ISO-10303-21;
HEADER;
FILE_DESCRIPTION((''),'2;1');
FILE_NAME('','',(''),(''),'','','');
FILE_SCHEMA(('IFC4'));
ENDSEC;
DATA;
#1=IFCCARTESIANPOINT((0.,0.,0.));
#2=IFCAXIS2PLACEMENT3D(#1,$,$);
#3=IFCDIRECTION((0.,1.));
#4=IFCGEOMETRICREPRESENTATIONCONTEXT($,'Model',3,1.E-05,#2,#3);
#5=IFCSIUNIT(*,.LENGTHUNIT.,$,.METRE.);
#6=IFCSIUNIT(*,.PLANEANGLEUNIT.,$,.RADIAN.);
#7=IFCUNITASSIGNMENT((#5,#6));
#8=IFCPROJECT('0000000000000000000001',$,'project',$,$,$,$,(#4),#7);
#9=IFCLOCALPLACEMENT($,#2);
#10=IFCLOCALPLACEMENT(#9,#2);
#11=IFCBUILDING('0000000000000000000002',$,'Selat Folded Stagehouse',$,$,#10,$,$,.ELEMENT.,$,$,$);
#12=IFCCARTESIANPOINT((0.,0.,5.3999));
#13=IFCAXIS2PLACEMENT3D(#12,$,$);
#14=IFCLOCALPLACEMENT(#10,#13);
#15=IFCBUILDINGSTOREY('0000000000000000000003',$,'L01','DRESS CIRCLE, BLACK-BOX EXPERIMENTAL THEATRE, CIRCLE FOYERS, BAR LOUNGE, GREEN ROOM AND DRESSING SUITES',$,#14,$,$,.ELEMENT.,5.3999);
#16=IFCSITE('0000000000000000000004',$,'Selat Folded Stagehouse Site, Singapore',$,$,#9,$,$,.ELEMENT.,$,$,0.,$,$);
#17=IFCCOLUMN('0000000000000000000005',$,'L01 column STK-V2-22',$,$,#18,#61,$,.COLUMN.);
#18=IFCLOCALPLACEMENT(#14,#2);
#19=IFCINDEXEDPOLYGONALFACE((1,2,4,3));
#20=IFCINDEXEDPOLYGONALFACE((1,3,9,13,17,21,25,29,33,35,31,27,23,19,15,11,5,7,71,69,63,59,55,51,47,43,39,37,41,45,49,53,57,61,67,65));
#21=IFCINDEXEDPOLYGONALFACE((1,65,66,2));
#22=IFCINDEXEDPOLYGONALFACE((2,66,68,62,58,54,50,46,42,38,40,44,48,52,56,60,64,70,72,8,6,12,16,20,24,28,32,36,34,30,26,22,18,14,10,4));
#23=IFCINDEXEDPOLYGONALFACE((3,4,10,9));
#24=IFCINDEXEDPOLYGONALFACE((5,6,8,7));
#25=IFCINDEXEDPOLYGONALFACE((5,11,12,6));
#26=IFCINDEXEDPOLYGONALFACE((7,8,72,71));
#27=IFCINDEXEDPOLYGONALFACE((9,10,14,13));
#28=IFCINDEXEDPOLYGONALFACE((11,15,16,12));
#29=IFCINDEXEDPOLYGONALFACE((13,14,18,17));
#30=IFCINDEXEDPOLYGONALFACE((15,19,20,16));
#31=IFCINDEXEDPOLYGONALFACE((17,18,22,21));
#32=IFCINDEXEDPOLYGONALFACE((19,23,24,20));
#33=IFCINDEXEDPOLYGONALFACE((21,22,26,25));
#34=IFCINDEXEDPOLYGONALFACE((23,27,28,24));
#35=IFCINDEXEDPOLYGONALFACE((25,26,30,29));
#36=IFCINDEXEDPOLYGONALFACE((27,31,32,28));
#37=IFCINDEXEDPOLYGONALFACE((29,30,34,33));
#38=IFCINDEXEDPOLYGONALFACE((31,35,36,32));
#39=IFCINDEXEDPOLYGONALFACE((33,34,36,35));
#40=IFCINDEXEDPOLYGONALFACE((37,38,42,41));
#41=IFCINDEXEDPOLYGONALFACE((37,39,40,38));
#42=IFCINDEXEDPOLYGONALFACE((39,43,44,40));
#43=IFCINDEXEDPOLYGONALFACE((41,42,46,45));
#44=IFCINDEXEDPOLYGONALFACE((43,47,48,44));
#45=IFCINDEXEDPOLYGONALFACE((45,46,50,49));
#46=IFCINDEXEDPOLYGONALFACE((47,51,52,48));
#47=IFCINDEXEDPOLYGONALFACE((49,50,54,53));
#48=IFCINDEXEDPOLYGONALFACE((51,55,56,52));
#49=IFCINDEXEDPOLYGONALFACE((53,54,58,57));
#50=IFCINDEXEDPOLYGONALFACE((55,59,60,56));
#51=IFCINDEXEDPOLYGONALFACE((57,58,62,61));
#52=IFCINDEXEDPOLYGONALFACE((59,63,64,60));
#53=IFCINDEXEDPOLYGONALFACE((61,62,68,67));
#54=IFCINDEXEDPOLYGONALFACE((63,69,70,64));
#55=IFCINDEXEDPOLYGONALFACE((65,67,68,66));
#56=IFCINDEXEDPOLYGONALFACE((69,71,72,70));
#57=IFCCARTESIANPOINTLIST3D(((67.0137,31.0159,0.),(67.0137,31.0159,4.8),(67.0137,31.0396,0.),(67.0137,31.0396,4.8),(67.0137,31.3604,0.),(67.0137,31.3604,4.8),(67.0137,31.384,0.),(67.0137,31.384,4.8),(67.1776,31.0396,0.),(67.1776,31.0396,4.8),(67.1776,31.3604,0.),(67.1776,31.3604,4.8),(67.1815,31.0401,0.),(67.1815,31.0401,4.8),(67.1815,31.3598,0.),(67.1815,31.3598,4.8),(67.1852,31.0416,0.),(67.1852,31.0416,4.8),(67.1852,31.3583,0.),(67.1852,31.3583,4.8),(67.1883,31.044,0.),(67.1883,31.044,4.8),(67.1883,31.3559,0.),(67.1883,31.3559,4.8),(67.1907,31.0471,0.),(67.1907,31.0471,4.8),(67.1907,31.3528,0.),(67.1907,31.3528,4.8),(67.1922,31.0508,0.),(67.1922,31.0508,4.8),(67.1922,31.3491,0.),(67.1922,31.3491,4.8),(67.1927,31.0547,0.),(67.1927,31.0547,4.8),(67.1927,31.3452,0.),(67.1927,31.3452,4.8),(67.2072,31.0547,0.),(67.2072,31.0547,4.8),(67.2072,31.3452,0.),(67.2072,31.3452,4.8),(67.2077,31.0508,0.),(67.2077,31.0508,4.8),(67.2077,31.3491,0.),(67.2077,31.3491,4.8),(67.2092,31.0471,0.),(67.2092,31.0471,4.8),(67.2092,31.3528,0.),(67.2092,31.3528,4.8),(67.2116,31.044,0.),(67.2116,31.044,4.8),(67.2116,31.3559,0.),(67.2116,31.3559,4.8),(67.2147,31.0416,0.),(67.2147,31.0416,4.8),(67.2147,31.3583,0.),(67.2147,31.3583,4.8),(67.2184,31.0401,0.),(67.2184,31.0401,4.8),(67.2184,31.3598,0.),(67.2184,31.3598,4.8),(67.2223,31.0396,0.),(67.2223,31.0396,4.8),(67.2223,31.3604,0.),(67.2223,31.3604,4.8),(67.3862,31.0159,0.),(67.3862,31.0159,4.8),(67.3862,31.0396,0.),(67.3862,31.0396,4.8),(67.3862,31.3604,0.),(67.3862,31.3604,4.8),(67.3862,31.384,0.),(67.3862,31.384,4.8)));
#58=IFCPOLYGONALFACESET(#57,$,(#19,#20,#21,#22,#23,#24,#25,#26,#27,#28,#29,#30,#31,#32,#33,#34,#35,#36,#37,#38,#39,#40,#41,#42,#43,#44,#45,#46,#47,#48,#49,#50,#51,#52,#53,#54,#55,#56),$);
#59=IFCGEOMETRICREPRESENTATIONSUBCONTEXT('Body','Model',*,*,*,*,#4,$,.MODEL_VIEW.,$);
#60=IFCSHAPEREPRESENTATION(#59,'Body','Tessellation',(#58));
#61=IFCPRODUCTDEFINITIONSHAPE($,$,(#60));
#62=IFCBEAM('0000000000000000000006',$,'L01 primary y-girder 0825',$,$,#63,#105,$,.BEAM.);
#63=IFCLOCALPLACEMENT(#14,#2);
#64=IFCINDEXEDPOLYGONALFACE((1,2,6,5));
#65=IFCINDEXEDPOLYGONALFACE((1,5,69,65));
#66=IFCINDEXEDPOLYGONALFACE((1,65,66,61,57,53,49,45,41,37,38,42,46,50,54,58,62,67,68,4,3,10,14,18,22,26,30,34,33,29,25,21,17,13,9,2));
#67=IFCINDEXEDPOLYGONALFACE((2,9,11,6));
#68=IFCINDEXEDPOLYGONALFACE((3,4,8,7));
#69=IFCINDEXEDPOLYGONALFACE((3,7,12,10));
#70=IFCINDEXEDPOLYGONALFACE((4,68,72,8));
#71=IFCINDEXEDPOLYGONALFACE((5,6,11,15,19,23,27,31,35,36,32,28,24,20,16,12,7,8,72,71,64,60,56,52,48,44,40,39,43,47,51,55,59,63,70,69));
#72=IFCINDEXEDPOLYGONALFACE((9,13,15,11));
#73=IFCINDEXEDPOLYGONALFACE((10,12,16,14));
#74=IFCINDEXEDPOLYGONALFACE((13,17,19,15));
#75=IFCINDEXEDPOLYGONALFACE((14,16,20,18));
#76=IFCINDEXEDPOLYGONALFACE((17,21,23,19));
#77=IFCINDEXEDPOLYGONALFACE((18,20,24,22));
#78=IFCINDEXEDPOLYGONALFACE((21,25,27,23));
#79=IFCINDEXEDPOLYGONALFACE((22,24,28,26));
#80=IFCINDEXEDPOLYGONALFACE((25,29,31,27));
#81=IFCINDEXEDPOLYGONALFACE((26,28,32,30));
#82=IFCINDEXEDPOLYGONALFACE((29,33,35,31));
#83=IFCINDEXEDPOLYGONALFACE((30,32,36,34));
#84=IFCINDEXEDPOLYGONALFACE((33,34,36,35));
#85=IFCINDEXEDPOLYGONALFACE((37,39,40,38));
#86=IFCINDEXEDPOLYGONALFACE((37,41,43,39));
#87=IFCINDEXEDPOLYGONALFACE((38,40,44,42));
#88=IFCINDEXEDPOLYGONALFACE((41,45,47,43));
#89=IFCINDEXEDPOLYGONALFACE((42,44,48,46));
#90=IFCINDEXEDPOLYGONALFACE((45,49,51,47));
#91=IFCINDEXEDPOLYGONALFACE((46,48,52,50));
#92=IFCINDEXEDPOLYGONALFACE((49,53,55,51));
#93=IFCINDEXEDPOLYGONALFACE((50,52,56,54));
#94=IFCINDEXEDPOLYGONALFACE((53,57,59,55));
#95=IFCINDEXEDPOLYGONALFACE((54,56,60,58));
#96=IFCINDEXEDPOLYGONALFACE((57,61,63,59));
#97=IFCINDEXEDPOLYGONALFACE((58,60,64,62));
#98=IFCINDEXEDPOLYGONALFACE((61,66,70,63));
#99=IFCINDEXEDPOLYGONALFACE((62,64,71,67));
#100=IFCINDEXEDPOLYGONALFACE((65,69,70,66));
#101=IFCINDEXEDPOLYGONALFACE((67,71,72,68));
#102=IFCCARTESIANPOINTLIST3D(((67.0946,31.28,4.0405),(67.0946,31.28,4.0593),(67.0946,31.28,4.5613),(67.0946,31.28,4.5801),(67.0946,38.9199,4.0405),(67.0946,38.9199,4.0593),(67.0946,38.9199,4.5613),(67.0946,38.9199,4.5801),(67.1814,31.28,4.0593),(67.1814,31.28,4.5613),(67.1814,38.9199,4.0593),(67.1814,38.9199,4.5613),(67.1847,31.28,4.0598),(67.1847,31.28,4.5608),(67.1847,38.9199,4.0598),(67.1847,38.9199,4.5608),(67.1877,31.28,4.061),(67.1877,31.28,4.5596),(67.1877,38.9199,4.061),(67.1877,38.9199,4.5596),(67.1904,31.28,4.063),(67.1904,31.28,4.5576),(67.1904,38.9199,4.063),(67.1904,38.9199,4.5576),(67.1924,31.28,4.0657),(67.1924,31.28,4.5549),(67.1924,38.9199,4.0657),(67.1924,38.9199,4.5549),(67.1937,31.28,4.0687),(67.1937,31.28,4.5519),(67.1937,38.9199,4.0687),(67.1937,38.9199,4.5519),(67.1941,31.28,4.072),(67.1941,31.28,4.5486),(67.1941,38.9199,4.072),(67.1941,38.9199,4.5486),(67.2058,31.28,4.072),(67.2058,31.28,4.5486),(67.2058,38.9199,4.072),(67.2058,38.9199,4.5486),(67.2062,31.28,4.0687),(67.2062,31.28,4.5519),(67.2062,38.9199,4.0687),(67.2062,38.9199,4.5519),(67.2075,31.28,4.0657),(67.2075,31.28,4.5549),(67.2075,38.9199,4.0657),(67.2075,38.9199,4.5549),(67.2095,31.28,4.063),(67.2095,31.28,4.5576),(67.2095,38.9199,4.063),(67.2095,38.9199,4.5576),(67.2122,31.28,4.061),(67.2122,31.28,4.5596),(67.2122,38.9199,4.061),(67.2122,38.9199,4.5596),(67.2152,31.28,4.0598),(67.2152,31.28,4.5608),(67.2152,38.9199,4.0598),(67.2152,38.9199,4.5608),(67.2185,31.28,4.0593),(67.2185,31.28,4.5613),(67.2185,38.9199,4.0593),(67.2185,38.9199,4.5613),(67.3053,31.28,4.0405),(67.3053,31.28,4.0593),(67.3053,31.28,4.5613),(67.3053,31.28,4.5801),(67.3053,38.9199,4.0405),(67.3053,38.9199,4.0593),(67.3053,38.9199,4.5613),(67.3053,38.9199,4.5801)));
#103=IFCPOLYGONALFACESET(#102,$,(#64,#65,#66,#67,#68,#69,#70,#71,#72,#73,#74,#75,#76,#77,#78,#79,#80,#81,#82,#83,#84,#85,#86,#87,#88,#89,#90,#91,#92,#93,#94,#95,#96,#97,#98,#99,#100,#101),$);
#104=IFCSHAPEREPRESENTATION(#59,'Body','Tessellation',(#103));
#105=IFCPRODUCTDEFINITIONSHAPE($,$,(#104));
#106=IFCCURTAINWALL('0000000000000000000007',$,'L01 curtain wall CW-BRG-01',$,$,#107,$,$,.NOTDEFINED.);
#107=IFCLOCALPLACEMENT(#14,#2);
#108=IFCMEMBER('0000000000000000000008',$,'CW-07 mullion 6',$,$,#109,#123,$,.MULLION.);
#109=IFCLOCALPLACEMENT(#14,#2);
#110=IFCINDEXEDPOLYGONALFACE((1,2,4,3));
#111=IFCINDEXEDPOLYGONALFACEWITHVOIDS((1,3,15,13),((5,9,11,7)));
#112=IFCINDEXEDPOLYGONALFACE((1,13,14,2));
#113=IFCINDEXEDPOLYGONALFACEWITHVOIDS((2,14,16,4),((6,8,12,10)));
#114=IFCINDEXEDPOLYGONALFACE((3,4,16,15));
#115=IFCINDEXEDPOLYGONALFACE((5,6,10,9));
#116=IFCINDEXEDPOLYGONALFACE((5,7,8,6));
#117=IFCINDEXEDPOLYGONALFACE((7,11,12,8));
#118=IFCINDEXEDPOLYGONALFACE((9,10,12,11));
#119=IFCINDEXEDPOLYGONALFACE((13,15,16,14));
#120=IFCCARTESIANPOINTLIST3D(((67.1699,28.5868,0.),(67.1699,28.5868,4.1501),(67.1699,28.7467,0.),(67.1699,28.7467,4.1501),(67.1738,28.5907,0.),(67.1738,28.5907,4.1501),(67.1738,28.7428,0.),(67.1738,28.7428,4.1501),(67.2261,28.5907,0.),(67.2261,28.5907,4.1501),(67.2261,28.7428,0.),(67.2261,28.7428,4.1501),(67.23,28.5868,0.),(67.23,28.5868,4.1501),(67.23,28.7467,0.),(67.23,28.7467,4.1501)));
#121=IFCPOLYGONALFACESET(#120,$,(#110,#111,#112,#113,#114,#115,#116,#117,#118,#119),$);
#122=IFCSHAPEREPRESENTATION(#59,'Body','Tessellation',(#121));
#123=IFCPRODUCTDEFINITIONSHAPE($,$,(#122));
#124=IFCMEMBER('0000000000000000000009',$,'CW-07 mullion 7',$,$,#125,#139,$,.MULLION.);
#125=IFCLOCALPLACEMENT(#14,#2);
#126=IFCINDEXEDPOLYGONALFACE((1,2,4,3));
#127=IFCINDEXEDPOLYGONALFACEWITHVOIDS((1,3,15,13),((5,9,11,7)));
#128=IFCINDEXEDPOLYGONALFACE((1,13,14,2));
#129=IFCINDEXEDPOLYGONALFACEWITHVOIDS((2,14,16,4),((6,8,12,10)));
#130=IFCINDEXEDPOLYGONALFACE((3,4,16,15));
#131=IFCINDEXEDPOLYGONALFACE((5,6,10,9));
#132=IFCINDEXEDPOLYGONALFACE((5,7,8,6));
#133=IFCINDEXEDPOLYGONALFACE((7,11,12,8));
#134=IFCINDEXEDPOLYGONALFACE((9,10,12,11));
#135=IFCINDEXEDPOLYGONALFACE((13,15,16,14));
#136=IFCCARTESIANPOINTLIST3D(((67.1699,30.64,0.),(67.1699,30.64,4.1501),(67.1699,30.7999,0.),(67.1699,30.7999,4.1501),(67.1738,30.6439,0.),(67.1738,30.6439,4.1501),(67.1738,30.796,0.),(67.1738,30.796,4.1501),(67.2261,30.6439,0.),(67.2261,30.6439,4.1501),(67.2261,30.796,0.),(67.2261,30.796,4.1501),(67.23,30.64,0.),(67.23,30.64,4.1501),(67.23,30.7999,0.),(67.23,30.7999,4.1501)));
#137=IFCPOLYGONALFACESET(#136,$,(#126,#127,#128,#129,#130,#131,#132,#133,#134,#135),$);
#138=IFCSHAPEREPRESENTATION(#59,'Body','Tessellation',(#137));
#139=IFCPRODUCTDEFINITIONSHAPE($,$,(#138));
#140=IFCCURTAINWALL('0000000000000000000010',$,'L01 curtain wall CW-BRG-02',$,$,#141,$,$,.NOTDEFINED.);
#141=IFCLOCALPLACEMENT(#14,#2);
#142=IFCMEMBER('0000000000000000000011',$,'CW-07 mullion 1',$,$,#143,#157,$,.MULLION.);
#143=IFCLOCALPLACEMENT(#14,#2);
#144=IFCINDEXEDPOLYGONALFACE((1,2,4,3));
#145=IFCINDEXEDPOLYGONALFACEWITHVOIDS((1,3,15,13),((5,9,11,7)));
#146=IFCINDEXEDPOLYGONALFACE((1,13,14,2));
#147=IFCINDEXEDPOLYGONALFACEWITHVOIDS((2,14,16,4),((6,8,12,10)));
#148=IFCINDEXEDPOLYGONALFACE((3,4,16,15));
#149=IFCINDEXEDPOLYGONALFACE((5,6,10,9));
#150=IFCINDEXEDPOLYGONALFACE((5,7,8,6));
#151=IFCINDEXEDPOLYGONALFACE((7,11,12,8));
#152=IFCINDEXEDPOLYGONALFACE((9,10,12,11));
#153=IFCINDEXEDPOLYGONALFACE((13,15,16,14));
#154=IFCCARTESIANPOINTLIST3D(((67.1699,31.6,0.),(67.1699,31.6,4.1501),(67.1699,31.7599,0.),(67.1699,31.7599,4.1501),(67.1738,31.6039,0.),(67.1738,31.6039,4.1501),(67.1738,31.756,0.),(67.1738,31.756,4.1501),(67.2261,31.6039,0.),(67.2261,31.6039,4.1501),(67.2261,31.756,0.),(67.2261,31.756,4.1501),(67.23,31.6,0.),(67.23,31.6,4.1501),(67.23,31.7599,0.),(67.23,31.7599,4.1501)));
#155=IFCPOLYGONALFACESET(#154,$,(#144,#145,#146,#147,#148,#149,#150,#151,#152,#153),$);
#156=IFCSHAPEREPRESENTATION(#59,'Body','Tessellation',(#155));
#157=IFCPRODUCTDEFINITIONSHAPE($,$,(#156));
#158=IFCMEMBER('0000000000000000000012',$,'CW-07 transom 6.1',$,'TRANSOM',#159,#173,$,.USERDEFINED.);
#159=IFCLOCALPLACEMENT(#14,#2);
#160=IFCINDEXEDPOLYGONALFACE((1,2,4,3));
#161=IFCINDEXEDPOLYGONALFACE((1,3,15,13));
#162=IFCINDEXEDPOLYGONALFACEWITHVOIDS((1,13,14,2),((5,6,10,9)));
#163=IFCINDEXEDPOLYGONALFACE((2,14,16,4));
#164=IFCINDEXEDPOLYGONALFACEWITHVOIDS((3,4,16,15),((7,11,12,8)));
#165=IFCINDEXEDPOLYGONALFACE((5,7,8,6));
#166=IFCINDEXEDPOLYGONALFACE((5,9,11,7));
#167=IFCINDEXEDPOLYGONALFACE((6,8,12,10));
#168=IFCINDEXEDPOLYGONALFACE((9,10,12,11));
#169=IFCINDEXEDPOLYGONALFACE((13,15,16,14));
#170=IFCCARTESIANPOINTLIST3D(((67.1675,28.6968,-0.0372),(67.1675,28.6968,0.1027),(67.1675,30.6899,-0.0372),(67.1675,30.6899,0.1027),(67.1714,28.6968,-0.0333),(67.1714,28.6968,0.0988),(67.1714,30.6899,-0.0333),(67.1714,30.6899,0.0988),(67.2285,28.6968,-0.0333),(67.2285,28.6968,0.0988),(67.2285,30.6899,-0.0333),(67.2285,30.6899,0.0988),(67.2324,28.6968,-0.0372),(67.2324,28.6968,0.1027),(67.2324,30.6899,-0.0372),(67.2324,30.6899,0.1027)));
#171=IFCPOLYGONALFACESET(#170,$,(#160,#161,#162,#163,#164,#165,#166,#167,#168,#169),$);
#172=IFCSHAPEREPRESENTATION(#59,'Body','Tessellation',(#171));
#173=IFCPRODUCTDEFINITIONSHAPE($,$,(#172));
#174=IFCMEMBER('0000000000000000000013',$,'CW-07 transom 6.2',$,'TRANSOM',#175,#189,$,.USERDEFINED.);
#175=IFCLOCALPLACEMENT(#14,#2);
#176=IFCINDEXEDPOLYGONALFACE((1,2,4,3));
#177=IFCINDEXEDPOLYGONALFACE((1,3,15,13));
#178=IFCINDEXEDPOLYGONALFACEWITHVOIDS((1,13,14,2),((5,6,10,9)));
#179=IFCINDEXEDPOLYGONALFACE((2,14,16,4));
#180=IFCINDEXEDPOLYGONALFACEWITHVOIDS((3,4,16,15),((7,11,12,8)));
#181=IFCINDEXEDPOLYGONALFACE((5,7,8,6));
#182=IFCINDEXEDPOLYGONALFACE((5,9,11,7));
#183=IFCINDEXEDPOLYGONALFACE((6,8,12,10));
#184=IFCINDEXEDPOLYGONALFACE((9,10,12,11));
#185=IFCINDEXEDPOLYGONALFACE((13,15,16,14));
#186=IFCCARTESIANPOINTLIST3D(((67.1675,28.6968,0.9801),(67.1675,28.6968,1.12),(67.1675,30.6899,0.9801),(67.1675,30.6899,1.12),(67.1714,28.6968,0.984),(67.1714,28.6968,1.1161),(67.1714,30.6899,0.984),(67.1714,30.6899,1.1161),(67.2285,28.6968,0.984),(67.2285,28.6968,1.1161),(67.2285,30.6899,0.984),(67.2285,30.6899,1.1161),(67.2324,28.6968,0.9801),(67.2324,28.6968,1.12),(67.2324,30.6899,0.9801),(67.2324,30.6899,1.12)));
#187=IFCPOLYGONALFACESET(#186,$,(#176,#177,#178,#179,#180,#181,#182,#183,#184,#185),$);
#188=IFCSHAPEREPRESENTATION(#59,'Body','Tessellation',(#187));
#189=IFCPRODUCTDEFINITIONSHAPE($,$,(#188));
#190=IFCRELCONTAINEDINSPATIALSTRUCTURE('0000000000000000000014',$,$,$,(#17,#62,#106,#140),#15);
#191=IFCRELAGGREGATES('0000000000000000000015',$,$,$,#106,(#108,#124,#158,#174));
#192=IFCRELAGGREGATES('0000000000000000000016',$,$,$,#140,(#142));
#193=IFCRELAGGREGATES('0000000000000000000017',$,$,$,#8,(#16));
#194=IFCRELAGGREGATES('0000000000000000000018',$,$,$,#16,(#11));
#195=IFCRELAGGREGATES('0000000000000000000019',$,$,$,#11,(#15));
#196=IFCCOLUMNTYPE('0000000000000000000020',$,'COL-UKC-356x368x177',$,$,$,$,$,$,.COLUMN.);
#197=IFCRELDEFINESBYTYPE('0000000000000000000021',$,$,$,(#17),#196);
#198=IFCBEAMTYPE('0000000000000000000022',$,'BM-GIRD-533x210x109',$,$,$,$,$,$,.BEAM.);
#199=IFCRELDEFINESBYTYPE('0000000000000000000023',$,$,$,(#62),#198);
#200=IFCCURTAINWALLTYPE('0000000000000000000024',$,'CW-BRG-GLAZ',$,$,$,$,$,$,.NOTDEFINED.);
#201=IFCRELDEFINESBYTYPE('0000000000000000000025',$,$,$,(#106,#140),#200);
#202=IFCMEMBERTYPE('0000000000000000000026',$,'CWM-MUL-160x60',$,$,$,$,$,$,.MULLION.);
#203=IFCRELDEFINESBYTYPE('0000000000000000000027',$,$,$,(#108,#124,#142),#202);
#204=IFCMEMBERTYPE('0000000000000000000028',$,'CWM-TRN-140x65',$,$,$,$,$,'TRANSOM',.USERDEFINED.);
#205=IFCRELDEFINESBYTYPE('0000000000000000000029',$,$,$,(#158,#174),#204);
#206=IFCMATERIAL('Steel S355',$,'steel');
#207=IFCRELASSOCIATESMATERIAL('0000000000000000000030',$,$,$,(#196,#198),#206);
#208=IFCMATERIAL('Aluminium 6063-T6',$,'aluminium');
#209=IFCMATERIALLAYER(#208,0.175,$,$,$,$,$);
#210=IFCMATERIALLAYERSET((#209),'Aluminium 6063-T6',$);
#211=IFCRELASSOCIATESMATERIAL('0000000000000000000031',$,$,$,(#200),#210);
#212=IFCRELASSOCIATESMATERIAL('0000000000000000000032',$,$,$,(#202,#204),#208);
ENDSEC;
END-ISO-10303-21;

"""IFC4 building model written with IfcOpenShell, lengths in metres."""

from ifc_helpers import new_model, si_unit, direction, frame, origin, origin_2d, place, context, subcontext, project, spatial, hollow_rectangle, i_section, extrude, material, layer, layer_set, material_profile, profile_set, type_object, element, aggregate, save


model = new_model("IFC4")

# Units and contexts
model_context = context("Model", 3, precision=1e-05, world=origin(), true_north=direction((0.0, 1.0)))
body_context = subcontext(model_context, "Body", "Model", "MODEL_VIEW")
ifc_project = project(units=[si_unit("LENGTHUNIT", "METRE"), si_unit("PLANEANGLEUNIT", "RADIAN")], contexts=[model_context])

# Site, building, storey
site_placement = place(None, origin())
site = spatial("IfcSite", under=ifc_project, at=site_placement, Name="Selat Folded Stagehouse Site, Singapore", CompositionType="ELEMENT", RefElevation=0.0)
building_placement = place(site_placement, origin())
building = spatial("IfcBuilding", under=site, at=building_placement, Name="Selat Folded Stagehouse", CompositionType="ELEMENT")
storey_placement = place(building_placement, frame((0.0, 0.0, 5.3999)))
storey = spatial("IfcBuildingStorey", under=building, at=storey_placement, Name="L01", Description="DRESS CIRCLE, BLACK-BOX EXPERIMENTAL THEATRE, CIRCLE FOYERS, BAR LOUNGE, GREEN ROOM AND DRESSING SUITES", CompositionType="ELEMENT", Elevation=5.3999)

# Column
ifc_material_1 = material(Name="Steel S355", Category="steel")
ifc_material_profile_1 = material_profile(ifc_material_1, i_section(OverallWidth=0.3726, OverallDepth=0.3682, WebThickness=0.0144, FlangeThickness=0.0237, FilletRadius=0.0151, at=origin_2d()), Name="UKC 356x368x177")
ifc_profile_set_1 = profile_set([ifc_material_profile_1], Name="Steel S355")
column_type = type_object("IfcColumnType", Name="COL-UKC-356x368x177", PredefinedType="COLUMN", material=ifc_profile_set_1)
column_placement = place(storey_placement, frame((67.2, 31.2, 0.0), z_axis=(0.0, 0.0, 1.0), x_axis=(1.0, 0.0, 0.0)))
element("IfcColumn", 1, at=column_placement, inside=storey, type_object=column_type, Name="L01 column STK-V2-22", PredefinedType="COLUMN", context=body_context, shape_type="SweptSolid", body=[
    extrude(i_section(OverallWidth=0.3726, OverallDepth=0.3682, WebThickness=0.0144, FlangeThickness=0.0237, FilletRadius=0.0151, at=origin_2d()), origin(), (0.0, 0.0, 1.0), 4.8),
])

# Beam
ifc_material_profile_2 = material_profile(ifc_material_1, i_section(OverallWidth=0.2107, OverallDepth=0.5396, WebThickness=0.0117, FlangeThickness=0.0188, FilletRadius=0.0127, at=origin_2d()), Name="UKB 533x210x109")
ifc_profile_set_2 = profile_set([ifc_material_profile_2], Name="Steel S355")
beam_type = type_object("IfcBeamType", Name="BM-GIRD-533x210x109", PredefinedType="BEAM", material=ifc_profile_set_2)
beam_placement = place(storey_placement, frame((67.2, 31.28, 4.3103), z_axis=(0.0, 1.0, 0.0), x_axis=(-1.0, 0.0, 0.0)))
element("IfcBeam", 2, at=beam_placement, inside=storey, type_object=beam_type, Name="L01 primary y-girder 0825", PredefinedType="BEAM", context=body_context, shape_type="SweptSolid", body=[
    extrude(i_section(OverallWidth=0.2107, OverallDepth=0.5396, WebThickness=0.0117, FlangeThickness=0.0188, FilletRadius=0.0127, at=origin_2d()), origin(), (0.0, 0.0, 1.0), 7.6399),
])

# Curtain wall, members
ifc_material_2 = material(Name="Aluminium 6063-T6", Category="aluminium")
ifc_layer_1 = layer(ifc_material_2, 0.175)
ifc_layer_set_1 = layer_set([ifc_layer_1], Name="Aluminium 6063-T6")
curtain_wall_type = type_object("IfcCurtainWallType", Name="CW-BRG-GLAZ", PredefinedType="NOTDEFINED", material=ifc_layer_set_1)
curtain_wall_1_placement = place(storey_placement, origin())
curtain_wall_1 = element("IfcCurtainWall", 3, at=curtain_wall_1_placement, inside=storey, type_object=curtain_wall_type, Name="L01 curtain wall CW-BRG-01", PredefinedType="NOTDEFINED")
ifc_material_profile_3 = material_profile(ifc_material_2, hollow_rectangle(XDim=0.0601, YDim=0.1599, WallThickness=0.0039, at=origin_2d()), Name="ALU 160x60x4.0")
ifc_profile_set_3 = profile_set([ifc_material_profile_3], Name="Aluminium 6063-T6")
member_type_1 = type_object("IfcMemberType", Name="CWM-MUL-160x60", PredefinedType="MULLION", material=ifc_profile_set_3)
member_1_placement = place(storey_placement, frame((67.2, 28.6667, 0.0), z_axis=(0.0, 0.0, 1.0), x_axis=(-1.0, 0.0, 0.0)))
member_1 = element("IfcMember", 4, at=member_1_placement, type_object=member_type_1, Name="CW-07 mullion 6", PredefinedType="MULLION", context=body_context, shape_type="SweptSolid", body=[
    extrude(hollow_rectangle(XDim=0.0601, YDim=0.1599, WallThickness=0.0039, at=origin_2d()), origin(), (0.0, 0.0, 1.0), 4.1501),
])
member_2_placement = place(storey_placement, frame((67.2, 30.72, 0.0), z_axis=(0.0, 0.0, 1.0), x_axis=(-1.0, 0.0, 0.0)))
member_2 = element("IfcMember", 5, at=member_2_placement, type_object=member_type_1, Name="CW-07 mullion 7", PredefinedType="MULLION", context=body_context, shape_type="SweptSolid", body=[
    extrude(hollow_rectangle(XDim=0.0601, YDim=0.1599, WallThickness=0.0039, at=origin_2d()), origin(), (0.0, 0.0, 1.0), 4.1501),
])

# Curtain wall, member
curtain_wall_2_placement = place(storey_placement, origin())
curtain_wall_2 = element("IfcCurtainWall", 6, at=curtain_wall_2_placement, inside=storey, type_object=curtain_wall_type, Name="L01 curtain wall CW-BRG-02", PredefinedType="NOTDEFINED")
member_3_placement = place(storey_placement, frame((67.2, 31.6799, 0.0), z_axis=(0.0, 0.0, 1.0), x_axis=(-1.0, 0.0, 0.0)))
member_3 = element("IfcMember", 7, at=member_3_placement, type_object=member_type_1, Name="CW-07 mullion 1", PredefinedType="MULLION", context=body_context, shape_type="SweptSolid", body=[
    extrude(hollow_rectangle(XDim=0.0601, YDim=0.1599, WallThickness=0.0039, at=origin_2d()), origin(), (0.0, 0.0, 1.0), 4.1501),
])

# Members
ifc_material_profile_4 = material_profile(ifc_material_2, hollow_rectangle(XDim=0.0649, YDim=0.1399, WallThickness=0.0039, at=origin_2d()), Name="ALU 140x65x4.0")
ifc_profile_set_4 = profile_set([ifc_material_profile_4], Name="Aluminium 6063-T6")
member_type_2 = type_object("IfcMemberType", Name="CWM-TRN-140x65", ElementType="TRANSOM", PredefinedType="USERDEFINED", material=ifc_profile_set_4)
member_4_placement = place(storey_placement, frame((67.2, 28.6968, 0.0327), z_axis=(0.0, 1.0, 0.0), x_axis=(-1.0, 0.0, 0.0)))
member_4 = element("IfcMember", 8, at=member_4_placement, type_object=member_type_2, Name="CW-07 transom 6.1", ObjectType="TRANSOM", PredefinedType="USERDEFINED", context=body_context, shape_type="SweptSolid", body=[
    extrude(hollow_rectangle(XDim=0.0649, YDim=0.1399, WallThickness=0.0039, at=origin_2d()), origin(), (0.0, 0.0, 1.0), 1.9932),
])
member_5_placement = place(storey_placement, frame((67.2, 28.6968, 1.05), z_axis=(0.0, 1.0, 0.0), x_axis=(-1.0, 0.0, 0.0)))
member_5 = element("IfcMember", 9, at=member_5_placement, type_object=member_type_2, Name="CW-07 transom 6.2", ObjectType="TRANSOM", PredefinedType="USERDEFINED", context=body_context, shape_type="SweptSolid", body=[
    extrude(hollow_rectangle(XDim=0.0649, YDim=0.1399, WallThickness=0.0039, at=origin_2d()), origin(), (0.0, 0.0, 1.0), 1.9932),
])

aggregate(curtain_wall_1, [member_1, member_2, member_4, member_5])
aggregate(curtain_wall_2, [member_3])

save(model, "model.ifc")
